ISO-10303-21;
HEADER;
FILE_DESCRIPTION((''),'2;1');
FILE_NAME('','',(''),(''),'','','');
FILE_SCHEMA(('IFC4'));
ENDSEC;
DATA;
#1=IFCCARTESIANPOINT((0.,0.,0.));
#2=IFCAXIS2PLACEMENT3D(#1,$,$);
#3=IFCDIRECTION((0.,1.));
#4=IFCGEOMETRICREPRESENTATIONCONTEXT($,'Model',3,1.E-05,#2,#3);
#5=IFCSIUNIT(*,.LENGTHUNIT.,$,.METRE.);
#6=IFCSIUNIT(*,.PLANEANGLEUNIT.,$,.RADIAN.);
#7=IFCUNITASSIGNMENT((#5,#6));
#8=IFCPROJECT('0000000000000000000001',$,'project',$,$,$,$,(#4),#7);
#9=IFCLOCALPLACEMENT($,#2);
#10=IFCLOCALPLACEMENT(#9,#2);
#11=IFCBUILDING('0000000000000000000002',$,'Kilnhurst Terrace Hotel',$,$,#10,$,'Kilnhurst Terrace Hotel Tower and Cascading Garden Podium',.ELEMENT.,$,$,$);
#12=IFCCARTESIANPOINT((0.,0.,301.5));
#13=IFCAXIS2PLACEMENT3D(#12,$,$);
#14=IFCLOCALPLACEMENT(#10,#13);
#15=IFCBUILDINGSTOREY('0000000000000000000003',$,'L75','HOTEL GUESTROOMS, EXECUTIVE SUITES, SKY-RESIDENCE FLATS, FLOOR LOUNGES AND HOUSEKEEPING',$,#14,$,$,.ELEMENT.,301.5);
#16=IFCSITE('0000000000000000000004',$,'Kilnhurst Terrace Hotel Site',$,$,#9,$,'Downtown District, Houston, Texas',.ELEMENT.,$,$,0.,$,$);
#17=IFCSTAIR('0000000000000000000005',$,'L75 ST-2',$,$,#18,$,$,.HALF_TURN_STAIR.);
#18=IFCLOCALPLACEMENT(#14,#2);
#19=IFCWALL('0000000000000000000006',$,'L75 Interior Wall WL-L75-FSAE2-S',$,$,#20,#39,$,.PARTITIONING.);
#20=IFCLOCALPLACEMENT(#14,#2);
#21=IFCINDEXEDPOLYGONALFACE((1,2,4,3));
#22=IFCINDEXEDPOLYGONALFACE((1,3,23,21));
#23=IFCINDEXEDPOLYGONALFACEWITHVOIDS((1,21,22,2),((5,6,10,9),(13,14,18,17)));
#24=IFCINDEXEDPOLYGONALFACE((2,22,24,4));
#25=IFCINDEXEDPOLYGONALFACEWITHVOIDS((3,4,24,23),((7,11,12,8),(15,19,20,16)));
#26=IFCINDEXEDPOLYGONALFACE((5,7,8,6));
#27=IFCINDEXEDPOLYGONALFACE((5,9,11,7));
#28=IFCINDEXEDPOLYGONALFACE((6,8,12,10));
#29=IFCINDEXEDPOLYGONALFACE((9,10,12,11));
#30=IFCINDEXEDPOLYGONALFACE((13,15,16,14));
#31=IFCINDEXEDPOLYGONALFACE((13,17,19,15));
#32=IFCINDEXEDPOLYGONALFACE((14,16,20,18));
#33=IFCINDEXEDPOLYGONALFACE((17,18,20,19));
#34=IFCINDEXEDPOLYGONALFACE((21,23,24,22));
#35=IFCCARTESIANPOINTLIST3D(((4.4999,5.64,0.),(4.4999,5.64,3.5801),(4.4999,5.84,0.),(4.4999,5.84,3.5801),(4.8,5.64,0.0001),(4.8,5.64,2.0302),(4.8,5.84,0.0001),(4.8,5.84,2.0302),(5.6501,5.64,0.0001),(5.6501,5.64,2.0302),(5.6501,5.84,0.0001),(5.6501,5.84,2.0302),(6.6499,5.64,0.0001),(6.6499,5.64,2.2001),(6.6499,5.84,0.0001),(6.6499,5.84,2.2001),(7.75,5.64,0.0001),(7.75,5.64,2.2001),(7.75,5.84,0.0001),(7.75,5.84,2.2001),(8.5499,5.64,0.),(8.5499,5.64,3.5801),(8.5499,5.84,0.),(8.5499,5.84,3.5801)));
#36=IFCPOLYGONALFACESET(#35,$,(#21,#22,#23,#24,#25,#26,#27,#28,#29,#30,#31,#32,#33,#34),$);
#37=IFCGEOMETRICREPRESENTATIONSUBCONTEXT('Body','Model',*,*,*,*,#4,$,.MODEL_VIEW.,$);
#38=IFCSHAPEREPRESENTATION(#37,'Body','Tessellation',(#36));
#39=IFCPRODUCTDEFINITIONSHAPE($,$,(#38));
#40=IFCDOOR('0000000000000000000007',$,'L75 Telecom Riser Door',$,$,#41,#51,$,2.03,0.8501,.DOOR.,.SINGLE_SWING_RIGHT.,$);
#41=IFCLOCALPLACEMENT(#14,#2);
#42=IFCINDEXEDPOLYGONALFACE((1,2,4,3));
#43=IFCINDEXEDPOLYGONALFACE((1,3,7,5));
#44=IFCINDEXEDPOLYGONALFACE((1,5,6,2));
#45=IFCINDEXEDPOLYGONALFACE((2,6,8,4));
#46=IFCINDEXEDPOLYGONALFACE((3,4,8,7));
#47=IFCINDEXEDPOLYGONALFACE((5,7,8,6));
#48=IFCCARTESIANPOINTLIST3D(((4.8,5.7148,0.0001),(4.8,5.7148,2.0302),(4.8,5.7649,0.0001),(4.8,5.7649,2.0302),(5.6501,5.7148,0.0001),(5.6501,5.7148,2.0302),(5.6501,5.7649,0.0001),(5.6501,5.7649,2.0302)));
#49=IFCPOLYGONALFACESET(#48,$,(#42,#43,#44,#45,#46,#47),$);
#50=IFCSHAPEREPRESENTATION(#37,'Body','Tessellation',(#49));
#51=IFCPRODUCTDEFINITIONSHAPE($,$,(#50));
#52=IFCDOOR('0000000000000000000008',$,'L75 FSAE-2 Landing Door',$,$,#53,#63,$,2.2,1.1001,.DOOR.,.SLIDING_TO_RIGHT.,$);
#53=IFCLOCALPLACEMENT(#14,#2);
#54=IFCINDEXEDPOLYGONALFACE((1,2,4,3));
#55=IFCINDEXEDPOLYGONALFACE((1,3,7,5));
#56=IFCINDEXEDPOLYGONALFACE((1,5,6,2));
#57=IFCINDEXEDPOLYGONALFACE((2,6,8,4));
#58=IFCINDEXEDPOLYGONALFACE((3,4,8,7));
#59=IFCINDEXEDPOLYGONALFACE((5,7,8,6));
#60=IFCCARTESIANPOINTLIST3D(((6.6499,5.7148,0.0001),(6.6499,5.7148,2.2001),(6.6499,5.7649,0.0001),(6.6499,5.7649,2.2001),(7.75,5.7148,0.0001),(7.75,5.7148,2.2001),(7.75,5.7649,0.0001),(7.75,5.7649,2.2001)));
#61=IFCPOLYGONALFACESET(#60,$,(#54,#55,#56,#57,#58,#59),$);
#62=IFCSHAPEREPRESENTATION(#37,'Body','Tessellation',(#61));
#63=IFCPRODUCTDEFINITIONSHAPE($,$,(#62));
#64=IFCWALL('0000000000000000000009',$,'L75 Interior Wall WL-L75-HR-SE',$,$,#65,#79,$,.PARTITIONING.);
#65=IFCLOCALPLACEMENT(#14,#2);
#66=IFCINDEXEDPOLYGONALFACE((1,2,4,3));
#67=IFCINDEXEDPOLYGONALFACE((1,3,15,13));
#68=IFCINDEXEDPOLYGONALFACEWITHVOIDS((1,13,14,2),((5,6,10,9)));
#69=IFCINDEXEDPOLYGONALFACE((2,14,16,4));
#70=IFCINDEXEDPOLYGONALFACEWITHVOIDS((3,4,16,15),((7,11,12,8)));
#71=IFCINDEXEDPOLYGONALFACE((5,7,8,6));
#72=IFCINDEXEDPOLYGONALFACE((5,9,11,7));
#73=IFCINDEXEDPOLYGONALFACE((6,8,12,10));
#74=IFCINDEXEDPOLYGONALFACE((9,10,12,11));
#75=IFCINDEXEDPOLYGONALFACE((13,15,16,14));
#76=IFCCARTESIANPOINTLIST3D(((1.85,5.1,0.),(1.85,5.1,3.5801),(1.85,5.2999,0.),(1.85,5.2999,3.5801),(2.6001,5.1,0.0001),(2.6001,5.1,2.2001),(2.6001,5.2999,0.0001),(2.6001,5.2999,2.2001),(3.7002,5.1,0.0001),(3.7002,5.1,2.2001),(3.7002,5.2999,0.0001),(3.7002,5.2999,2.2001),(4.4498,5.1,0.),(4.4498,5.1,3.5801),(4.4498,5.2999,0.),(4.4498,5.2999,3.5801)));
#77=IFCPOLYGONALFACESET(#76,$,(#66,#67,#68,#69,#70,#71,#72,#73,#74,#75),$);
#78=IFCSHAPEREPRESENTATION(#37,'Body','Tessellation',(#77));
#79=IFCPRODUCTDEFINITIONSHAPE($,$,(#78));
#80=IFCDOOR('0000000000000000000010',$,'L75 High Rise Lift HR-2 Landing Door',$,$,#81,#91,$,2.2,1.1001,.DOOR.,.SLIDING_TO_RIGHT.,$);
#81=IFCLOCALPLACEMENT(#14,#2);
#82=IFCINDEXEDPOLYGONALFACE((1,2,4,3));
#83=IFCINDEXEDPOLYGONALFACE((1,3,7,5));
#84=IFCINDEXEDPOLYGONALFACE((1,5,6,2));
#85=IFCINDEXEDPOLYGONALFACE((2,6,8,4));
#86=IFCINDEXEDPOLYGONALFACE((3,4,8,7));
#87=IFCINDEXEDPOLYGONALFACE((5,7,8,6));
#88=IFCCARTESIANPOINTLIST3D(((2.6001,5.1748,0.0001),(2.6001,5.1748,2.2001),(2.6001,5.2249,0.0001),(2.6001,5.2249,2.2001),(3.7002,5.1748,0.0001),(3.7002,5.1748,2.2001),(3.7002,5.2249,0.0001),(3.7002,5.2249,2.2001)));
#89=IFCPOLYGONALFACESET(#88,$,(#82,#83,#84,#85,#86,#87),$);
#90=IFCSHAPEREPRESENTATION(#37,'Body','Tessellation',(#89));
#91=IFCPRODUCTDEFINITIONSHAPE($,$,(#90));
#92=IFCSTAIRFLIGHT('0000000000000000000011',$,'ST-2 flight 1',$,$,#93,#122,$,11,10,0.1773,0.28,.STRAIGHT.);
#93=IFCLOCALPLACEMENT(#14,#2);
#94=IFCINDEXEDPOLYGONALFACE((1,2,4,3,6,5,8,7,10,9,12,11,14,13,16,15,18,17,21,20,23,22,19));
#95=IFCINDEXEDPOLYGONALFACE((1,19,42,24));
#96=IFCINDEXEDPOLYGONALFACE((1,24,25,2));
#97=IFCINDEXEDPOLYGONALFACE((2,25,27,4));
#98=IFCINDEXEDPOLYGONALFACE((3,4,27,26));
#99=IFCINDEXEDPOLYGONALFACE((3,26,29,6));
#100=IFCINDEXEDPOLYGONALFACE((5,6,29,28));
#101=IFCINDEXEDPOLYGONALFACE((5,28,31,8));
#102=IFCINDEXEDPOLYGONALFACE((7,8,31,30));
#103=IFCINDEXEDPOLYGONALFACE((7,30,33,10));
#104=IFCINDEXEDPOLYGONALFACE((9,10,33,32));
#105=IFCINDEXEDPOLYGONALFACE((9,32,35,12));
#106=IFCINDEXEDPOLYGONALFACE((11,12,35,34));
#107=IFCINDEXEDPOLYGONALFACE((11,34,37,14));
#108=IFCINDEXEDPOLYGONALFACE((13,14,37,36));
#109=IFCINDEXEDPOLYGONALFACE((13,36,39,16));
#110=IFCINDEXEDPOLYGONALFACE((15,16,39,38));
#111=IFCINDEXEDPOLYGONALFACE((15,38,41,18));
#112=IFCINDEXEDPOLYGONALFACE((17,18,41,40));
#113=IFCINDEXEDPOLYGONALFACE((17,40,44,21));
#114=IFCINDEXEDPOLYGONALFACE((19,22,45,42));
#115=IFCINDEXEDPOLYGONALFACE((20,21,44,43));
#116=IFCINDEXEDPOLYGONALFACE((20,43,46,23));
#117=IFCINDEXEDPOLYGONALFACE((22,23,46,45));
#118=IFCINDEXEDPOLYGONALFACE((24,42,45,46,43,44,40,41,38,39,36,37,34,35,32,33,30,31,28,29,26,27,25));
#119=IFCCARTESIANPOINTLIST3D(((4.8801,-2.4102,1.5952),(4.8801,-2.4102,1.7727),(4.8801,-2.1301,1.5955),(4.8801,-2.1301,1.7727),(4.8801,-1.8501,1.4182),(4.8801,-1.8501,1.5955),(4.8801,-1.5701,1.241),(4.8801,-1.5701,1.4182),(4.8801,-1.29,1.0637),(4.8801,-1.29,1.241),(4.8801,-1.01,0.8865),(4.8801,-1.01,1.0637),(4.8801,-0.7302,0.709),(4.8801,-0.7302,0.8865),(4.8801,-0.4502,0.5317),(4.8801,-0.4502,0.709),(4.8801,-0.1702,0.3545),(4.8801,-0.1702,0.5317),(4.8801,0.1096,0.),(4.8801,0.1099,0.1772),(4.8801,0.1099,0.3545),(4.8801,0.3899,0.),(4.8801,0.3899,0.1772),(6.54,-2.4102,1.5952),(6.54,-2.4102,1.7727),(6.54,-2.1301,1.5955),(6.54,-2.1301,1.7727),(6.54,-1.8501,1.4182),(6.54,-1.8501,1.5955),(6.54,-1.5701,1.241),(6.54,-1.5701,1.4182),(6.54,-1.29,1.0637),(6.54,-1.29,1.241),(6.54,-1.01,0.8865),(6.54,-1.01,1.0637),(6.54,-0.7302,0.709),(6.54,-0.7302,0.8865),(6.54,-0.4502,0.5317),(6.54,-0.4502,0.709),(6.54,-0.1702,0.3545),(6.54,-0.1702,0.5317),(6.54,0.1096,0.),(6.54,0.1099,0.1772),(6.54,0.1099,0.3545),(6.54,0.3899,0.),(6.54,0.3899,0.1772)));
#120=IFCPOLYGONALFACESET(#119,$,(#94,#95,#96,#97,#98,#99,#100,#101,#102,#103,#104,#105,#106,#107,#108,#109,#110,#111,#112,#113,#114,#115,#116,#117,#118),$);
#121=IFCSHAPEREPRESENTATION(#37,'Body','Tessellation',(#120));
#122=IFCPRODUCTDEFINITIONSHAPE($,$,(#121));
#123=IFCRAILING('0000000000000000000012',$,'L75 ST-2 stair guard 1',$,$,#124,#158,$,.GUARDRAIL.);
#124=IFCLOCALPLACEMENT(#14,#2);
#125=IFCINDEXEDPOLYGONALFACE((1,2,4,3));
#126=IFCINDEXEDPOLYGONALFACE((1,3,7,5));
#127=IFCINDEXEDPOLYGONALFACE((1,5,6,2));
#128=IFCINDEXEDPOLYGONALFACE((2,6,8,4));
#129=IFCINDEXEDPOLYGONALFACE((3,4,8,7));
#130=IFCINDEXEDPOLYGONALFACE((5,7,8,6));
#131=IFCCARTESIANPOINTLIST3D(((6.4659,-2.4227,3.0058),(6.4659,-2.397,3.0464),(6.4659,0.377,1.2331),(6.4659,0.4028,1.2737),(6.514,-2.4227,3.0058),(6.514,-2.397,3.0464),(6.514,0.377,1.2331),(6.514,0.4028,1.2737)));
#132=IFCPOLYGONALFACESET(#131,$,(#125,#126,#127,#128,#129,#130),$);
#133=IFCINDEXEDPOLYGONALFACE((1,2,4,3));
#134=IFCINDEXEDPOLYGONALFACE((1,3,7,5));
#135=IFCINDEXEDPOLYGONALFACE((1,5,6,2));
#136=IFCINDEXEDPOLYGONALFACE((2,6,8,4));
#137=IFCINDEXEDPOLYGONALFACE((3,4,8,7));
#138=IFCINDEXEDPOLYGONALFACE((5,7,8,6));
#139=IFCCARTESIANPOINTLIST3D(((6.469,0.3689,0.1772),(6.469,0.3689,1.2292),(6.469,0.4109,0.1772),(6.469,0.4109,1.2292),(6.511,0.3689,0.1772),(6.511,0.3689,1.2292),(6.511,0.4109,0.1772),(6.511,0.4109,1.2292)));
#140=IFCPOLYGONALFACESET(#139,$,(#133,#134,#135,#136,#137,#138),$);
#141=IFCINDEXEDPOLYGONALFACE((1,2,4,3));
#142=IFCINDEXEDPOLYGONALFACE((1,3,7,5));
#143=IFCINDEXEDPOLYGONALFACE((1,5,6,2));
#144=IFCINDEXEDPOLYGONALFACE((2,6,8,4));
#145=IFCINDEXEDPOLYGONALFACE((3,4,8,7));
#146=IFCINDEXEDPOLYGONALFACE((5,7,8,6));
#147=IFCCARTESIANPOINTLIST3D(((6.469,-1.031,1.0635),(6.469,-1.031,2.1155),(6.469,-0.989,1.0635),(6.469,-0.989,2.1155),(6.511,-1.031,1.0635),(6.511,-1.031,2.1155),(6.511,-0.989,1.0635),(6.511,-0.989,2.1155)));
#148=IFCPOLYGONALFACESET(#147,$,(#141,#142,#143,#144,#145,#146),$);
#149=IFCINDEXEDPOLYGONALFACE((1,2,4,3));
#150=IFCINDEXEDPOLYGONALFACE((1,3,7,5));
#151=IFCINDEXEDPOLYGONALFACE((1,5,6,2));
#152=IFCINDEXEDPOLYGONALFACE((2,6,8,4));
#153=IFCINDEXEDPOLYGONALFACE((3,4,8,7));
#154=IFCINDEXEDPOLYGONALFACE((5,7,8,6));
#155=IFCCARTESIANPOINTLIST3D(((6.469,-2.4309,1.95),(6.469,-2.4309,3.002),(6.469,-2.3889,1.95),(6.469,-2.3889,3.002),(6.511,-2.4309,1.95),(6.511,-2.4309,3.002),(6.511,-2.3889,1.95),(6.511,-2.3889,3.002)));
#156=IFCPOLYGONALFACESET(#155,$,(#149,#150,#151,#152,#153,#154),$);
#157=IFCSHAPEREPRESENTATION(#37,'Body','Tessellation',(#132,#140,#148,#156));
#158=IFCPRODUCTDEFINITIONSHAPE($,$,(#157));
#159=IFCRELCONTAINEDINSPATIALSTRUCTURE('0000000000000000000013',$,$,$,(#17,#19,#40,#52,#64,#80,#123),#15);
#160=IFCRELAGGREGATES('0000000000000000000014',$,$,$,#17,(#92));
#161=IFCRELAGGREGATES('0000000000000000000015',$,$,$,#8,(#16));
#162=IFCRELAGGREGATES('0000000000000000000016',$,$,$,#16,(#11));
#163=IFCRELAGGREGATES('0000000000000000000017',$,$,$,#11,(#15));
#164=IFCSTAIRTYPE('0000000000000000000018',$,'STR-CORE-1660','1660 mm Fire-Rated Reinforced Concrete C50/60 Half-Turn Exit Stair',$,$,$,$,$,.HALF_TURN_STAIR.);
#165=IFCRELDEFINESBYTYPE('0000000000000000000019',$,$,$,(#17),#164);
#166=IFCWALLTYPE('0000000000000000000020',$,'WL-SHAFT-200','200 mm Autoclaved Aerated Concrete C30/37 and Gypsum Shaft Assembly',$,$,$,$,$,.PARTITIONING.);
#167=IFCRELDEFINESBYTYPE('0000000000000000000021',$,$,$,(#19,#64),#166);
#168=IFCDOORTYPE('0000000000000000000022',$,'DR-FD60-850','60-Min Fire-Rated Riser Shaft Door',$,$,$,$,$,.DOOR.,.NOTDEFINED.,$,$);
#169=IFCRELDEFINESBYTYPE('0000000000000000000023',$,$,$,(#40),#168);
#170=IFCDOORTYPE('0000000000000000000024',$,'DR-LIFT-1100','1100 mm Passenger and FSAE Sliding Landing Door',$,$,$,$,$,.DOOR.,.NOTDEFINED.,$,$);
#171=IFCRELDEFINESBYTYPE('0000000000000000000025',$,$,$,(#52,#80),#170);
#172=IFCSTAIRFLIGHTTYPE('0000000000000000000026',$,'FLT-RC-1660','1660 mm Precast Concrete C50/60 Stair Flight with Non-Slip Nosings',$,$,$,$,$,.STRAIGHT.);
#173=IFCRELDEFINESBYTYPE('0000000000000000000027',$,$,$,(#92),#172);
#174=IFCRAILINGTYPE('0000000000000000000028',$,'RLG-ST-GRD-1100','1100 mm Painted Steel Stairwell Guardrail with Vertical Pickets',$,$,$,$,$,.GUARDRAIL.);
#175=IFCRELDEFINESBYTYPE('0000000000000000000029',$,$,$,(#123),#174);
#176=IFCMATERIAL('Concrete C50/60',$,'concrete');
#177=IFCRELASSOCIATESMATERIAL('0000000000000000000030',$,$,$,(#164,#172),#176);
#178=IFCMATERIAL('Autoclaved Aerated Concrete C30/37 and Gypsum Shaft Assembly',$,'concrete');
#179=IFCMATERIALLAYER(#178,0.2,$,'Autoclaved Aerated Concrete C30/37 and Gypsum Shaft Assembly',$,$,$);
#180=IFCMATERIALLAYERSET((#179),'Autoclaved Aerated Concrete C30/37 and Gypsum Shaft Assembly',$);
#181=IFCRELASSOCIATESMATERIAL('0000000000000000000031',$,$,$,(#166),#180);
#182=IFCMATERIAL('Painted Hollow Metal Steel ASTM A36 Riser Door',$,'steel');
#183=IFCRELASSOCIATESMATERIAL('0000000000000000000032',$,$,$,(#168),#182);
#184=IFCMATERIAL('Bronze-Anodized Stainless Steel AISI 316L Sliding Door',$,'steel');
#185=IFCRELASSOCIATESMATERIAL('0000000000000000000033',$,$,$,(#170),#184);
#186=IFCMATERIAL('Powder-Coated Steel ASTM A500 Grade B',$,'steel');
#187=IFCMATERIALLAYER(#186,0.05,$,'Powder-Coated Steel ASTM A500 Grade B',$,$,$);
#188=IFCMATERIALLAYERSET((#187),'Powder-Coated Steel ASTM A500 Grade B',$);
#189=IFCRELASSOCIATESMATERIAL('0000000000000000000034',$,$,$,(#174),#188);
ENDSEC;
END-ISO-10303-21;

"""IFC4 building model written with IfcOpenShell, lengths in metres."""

from ifc_helpers import new_model, si_unit, direction, frame, frame_2d, origin, origin_2d, place, context, subcontext, project, spatial, polyline, rectangle, outline, extrude, material, layer, layer_set, type_object, element, fill, aggregate, save


model = new_model("IFC4")

# Units and contexts
model_context = context("Model", 3, precision=1e-05, world=origin(), true_north=direction((0.0, 1.0)))
body_context = subcontext(model_context, "Body", "Model", "MODEL_VIEW")
ifc_project = project(units=[si_unit("LENGTHUNIT", "METRE"), si_unit("PLANEANGLEUNIT", "RADIAN")], contexts=[model_context])

# Site, building, storey
site_placement = place(None, origin())
site = spatial("IfcSite", under=ifc_project, at=site_placement, Name="Kilnhurst Terrace Hotel Site", LongName="Downtown District, Houston, Texas", CompositionType="ELEMENT", RefElevation=0.0)
building_placement = place(site_placement, origin())
building = spatial("IfcBuilding", under=site, at=building_placement, Name="Kilnhurst Terrace Hotel", LongName="Kilnhurst Terrace Hotel Tower and Cascading Garden Podium", CompositionType="ELEMENT")
storey_placement = place(building_placement, frame((0.0, 0.0, 301.5)))
storey = spatial("IfcBuildingStorey", under=building, at=storey_placement, Name="L75", Description="HOTEL GUESTROOMS, EXECUTIVE SUITES, SKY-RESIDENCE FLATS, FLOOR LOUNGES AND HOUSEKEEPING", CompositionType="ELEMENT", Elevation=301.5)

# Shared definitions
ifc_material_1 = material(Name="Concrete C50/60", Category="concrete")

# Stair
stair_type = type_object("IfcStairType", Name="STR-CORE-1660", Description="1660 mm Fire-Rated Reinforced Concrete C50/60 Half-Turn Exit Stair", PredefinedType="HALF_TURN_STAIR", material=ifc_material_1)
stair_1_placement = place(storey_placement, origin())
stair_1 = element("IfcStair", 1, at=stair_1_placement, inside=storey, type_object=stair_type, Name="L75 ST-2", PredefinedType="HALF_TURN_STAIR")

# Wall, openings, doors
ifc_material_2 = material(Name="Autoclaved Aerated Concrete C30/37 and Gypsum Shaft Assembly", Category="concrete")
ifc_layer_1 = layer(ifc_material_2, 0.2, Name="Autoclaved Aerated Concrete C30/37 and Gypsum Shaft Assembly")
ifc_layer_set_1 = layer_set([ifc_layer_1], Name="Autoclaved Aerated Concrete C30/37 and Gypsum Shaft Assembly")
wall_type_1 = type_object("IfcWallType", Name="WL-SHAFT-200", Description="200 mm Autoclaved Aerated Concrete C30/37 and Gypsum Shaft Assembly", PredefinedType="PARTITIONING", material=ifc_layer_set_1)
wall_1_placement = place(storey_placement, frame((4.5, 5.74, 0.0), z_axis=(0.0, 0.0, 1.0), x_axis=(1.0, 0.0, 0.0)))
wall_1 = element("IfcWall", 2, at=wall_1_placement, inside=storey, type_object=wall_type_1, Name="L75 Interior Wall WL-L75-FSAE2-S", PredefinedType="PARTITIONING", context=body_context, shape_type="SweptSolid", body=[
    extrude(rectangle(XDim=4.05, YDim=0.2, at=frame_2d((2.0249, 0.0))), origin(), (0.0, 0.0, 1.0), 3.5801),
])
opening_1_placement = place(wall_1_placement, frame((0.3, 0.0, 0.0)))
opening_1 = element("IfcOpeningElement", 3, at=opening_1_placement, cuts=wall_1, PredefinedType="OPENING", context=body_context, shape_type="SweptSolid", body=[
    extrude(rectangle(XDim=0.8501, YDim=2.03, at=frame_2d((0.425, 1.0151))), frame((0.0, 0.1099, 0.0), z_axis=(0.0, -1.0, 0.0), x_axis=(1.0, 0.0, 0.0)), (0.0, 0.0, 1.0), 0.22),
])
opening_2_placement = place(wall_1_placement, frame((2.1499, 0.0, 0.0)))
opening_2 = element("IfcOpeningElement", 4, at=opening_2_placement, cuts=wall_1, PredefinedType="OPENING", context=body_context, shape_type="SweptSolid", body=[
    extrude(rectangle(XDim=1.1001, YDim=2.2, at=frame_2d((0.55, 1.1001))), frame((0.0, 0.1099, 0.0), z_axis=(0.0, -1.0, 0.0), x_axis=(1.0, 0.0, 0.0)), (0.0, 0.0, 1.0), 0.22),
])
ifc_material_3 = material(Name="Painted Hollow Metal Steel ASTM A36 Riser Door", Category="steel")
door_type_1 = type_object("IfcDoorType", Name="DR-FD60-850", Description="60-Min Fire-Rated Riser Shaft Door", OperationType="NOTDEFINED", PredefinedType="DOOR", material=ifc_material_3)
door_1_placement = place(opening_1_placement, origin())
door_1 = element("IfcDoor", 5, at=door_1_placement, inside=storey, type_object=door_type_1, Name="L75 Telecom Riser Door", OperationType="SINGLE_SWING_RIGHT", OverallHeight=2.03, OverallWidth=0.8501, PredefinedType="DOOR", context=body_context, shape_type="SweptSolid", body=[
    extrude(rectangle(XDim=0.8501, YDim=2.03, at=frame_2d((0.425, 1.0151))), frame((0.0, 0.0249, 0.0), z_axis=(0.0, -1.0, 0.0), x_axis=(1.0, 0.0, 0.0)), (0.0, 0.0, 1.0), 0.05),
])
fill(opening_1, door_1)
ifc_material_4 = material(Name="Bronze-Anodized Stainless Steel AISI 316L Sliding Door", Category="steel")
door_type_2 = type_object("IfcDoorType", Name="DR-LIFT-1100", Description="1100 mm Passenger and FSAE Sliding Landing Door", OperationType="NOTDEFINED", PredefinedType="DOOR", material=ifc_material_4)
door_2_placement = place(opening_2_placement, origin())
door_2 = element("IfcDoor", 6, at=door_2_placement, inside=storey, type_object=door_type_2, Name="L75 FSAE-2 Landing Door", OperationType="SLIDING_TO_RIGHT", OverallHeight=2.2, OverallWidth=1.1001, PredefinedType="DOOR", context=body_context, shape_type="SweptSolid", body=[
    extrude(rectangle(XDim=1.1001, YDim=2.2, at=frame_2d((0.55, 1.1001))), frame((0.0, 0.0249, 0.0), z_axis=(0.0, -1.0, 0.0), x_axis=(1.0, 0.0, 0.0)), (0.0, 0.0, 1.0), 0.05),
])
fill(opening_2, door_2)

# Wall, opening, door
wall_2_placement = place(storey_placement, frame((1.8501, 5.2, 0.0), z_axis=(0.0, 0.0, 1.0), x_axis=(1.0, 0.0, 0.0)))
wall_2 = element("IfcWall", 7, at=wall_2_placement, inside=storey, type_object=wall_type_1, Name="L75 Interior Wall WL-L75-HR-SE", PredefinedType="PARTITIONING", context=body_context, shape_type="SweptSolid", body=[
    extrude(rectangle(XDim=2.5999, YDim=0.2, at=frame_2d((1.2998, 0.0))), origin(), (0.0, 0.0, 1.0), 3.5801),
])
opening_3_placement = place(wall_2_placement, frame((0.75, 0.0, 0.0)))
opening_3 = element("IfcOpeningElement", 8, at=opening_3_placement, cuts=wall_2, PredefinedType="OPENING", context=body_context, shape_type="SweptSolid", body=[
    extrude(rectangle(XDim=1.1001, YDim=2.2, at=frame_2d((0.55, 1.1001))), frame((0.0, 0.1099, 0.0), z_axis=(0.0, -1.0, 0.0), x_axis=(1.0, 0.0, 0.0)), (0.0, 0.0, 1.0), 0.22),
])
door_3_placement = place(opening_3_placement, origin())
door_3 = element("IfcDoor", 9, at=door_3_placement, inside=storey, type_object=door_type_2, Name="L75 High Rise Lift HR-2 Landing Door", OperationType="SLIDING_TO_RIGHT", OverallHeight=2.2, OverallWidth=1.1001, PredefinedType="DOOR", context=body_context, shape_type="SweptSolid", body=[
    extrude(rectangle(XDim=1.1001, YDim=2.2, at=frame_2d((0.55, 1.1001))), frame((0.0, 0.0249, 0.0), z_axis=(0.0, -1.0, 0.0), x_axis=(1.0, 0.0, 0.0)), (0.0, 0.0, 1.0), 0.05),
])
fill(opening_3, door_3)

# Stair flight
stair_flight_type = type_object("IfcStairFlightType", Name="FLT-RC-1660", Description="1660 mm Precast Concrete C50/60 Stair Flight with Non-Slip Nosings", PredefinedType="STRAIGHT", material=ifc_material_1)
stair_flight_placement = place(storey_placement, frame((5.71, 0.3899, 0.0), z_axis=(0.0, 0.0, 1.0), x_axis=(0.0, -1.0, 0.0)))
stair_flight = element("IfcStairFlight", 10, at=stair_flight_placement, type_object=stair_flight_type, Name="ST-2 flight 1", NumberOfRisers=11, NumberOfTreads=10, PredefinedType="STRAIGHT", RiserHeight=0.1773, TreadLength=0.28, context=body_context, shape_type="SweptSolid", body=[
    extrude(outline(polyline([(0.0, 0.0), (0.0, 0.1772), (0.28, 0.1772), (0.28, 0.3545), (0.5601, 0.3545), (0.5601, 0.5317), (0.8401, 0.5317), (0.8401, 0.709), (1.1201, 0.709), (1.1201, 0.8865), (1.3999, 0.8865), (1.3999, 1.0637), (1.6799, 1.0637), (1.6799, 1.241), (1.96, 1.241), (1.96, 1.4182), (2.24, 1.4182), (2.24, 1.5955), (2.52, 1.5955), (2.52, 1.7727), (2.8, 1.7727), (2.8, 1.95), (2.8, 1.5952), (0.2803, 0.0), (0.0, 0.0)])), frame((0.0, 0.8301, 0.0), z_axis=(0.0, -1.0, 0.0), x_axis=(1.0, 0.0, 0.0)), (0.0, 0.0, 1.0), 1.6599),
])
aggregate(stair_1, [stair_flight])

# Railing
ifc_material_5 = material(Name="Powder-Coated Steel ASTM A500 Grade B", Category="steel")
ifc_layer_2 = layer(ifc_material_5, 0.05, Name="Powder-Coated Steel ASTM A500 Grade B")
ifc_layer_set_2 = layer_set([ifc_layer_2], Name="Powder-Coated Steel ASTM A500 Grade B")
railing_type_1 = type_object("IfcRailingType", Name="RLG-ST-GRD-1100", Description="1100 mm Painted Steel Stairwell Guardrail with Vertical Pickets", PredefinedType="GUARDRAIL", material=ifc_layer_set_2)
railing_1_placement = place(storey_placement, frame((6.49, 0.3899, 0.1772)))
element("IfcRailing", 11, at=railing_1_placement, inside=storey, type_object=railing_type_1, Name="L75 ST-2 stair guard 1", PredefinedType="GUARDRAIL", context=body_context, shape_type="SweptSolid", body=[
    extrude(rectangle(XDim=0.0481, YDim=0.0481, at=origin_2d()), frame((0.0, 0.0, 1.0762), z_axis=(0.0, -0.844888, 0.534943), x_axis=(1.0, 0.0, 0.0)), (0.0, 0.0, 1.0), 3.3137),
    extrude(rectangle(XDim=0.042, YDim=0.042, at=origin_2d()), origin(), (0.0, 0.0, 1.0), 1.052),
    extrude(rectangle(XDim=0.042, YDim=0.042, at=origin_2d()), frame((0.0, -1.3999, 0.8862)), (0.0, 0.0, 1.0), 1.052),
    extrude(rectangle(XDim=0.042, YDim=0.042, at=origin_2d()), frame((0.0, -2.7998, 1.7727)), (0.0, 0.0, 1.0), 1.052),
])

save(model, "model.ifc")
